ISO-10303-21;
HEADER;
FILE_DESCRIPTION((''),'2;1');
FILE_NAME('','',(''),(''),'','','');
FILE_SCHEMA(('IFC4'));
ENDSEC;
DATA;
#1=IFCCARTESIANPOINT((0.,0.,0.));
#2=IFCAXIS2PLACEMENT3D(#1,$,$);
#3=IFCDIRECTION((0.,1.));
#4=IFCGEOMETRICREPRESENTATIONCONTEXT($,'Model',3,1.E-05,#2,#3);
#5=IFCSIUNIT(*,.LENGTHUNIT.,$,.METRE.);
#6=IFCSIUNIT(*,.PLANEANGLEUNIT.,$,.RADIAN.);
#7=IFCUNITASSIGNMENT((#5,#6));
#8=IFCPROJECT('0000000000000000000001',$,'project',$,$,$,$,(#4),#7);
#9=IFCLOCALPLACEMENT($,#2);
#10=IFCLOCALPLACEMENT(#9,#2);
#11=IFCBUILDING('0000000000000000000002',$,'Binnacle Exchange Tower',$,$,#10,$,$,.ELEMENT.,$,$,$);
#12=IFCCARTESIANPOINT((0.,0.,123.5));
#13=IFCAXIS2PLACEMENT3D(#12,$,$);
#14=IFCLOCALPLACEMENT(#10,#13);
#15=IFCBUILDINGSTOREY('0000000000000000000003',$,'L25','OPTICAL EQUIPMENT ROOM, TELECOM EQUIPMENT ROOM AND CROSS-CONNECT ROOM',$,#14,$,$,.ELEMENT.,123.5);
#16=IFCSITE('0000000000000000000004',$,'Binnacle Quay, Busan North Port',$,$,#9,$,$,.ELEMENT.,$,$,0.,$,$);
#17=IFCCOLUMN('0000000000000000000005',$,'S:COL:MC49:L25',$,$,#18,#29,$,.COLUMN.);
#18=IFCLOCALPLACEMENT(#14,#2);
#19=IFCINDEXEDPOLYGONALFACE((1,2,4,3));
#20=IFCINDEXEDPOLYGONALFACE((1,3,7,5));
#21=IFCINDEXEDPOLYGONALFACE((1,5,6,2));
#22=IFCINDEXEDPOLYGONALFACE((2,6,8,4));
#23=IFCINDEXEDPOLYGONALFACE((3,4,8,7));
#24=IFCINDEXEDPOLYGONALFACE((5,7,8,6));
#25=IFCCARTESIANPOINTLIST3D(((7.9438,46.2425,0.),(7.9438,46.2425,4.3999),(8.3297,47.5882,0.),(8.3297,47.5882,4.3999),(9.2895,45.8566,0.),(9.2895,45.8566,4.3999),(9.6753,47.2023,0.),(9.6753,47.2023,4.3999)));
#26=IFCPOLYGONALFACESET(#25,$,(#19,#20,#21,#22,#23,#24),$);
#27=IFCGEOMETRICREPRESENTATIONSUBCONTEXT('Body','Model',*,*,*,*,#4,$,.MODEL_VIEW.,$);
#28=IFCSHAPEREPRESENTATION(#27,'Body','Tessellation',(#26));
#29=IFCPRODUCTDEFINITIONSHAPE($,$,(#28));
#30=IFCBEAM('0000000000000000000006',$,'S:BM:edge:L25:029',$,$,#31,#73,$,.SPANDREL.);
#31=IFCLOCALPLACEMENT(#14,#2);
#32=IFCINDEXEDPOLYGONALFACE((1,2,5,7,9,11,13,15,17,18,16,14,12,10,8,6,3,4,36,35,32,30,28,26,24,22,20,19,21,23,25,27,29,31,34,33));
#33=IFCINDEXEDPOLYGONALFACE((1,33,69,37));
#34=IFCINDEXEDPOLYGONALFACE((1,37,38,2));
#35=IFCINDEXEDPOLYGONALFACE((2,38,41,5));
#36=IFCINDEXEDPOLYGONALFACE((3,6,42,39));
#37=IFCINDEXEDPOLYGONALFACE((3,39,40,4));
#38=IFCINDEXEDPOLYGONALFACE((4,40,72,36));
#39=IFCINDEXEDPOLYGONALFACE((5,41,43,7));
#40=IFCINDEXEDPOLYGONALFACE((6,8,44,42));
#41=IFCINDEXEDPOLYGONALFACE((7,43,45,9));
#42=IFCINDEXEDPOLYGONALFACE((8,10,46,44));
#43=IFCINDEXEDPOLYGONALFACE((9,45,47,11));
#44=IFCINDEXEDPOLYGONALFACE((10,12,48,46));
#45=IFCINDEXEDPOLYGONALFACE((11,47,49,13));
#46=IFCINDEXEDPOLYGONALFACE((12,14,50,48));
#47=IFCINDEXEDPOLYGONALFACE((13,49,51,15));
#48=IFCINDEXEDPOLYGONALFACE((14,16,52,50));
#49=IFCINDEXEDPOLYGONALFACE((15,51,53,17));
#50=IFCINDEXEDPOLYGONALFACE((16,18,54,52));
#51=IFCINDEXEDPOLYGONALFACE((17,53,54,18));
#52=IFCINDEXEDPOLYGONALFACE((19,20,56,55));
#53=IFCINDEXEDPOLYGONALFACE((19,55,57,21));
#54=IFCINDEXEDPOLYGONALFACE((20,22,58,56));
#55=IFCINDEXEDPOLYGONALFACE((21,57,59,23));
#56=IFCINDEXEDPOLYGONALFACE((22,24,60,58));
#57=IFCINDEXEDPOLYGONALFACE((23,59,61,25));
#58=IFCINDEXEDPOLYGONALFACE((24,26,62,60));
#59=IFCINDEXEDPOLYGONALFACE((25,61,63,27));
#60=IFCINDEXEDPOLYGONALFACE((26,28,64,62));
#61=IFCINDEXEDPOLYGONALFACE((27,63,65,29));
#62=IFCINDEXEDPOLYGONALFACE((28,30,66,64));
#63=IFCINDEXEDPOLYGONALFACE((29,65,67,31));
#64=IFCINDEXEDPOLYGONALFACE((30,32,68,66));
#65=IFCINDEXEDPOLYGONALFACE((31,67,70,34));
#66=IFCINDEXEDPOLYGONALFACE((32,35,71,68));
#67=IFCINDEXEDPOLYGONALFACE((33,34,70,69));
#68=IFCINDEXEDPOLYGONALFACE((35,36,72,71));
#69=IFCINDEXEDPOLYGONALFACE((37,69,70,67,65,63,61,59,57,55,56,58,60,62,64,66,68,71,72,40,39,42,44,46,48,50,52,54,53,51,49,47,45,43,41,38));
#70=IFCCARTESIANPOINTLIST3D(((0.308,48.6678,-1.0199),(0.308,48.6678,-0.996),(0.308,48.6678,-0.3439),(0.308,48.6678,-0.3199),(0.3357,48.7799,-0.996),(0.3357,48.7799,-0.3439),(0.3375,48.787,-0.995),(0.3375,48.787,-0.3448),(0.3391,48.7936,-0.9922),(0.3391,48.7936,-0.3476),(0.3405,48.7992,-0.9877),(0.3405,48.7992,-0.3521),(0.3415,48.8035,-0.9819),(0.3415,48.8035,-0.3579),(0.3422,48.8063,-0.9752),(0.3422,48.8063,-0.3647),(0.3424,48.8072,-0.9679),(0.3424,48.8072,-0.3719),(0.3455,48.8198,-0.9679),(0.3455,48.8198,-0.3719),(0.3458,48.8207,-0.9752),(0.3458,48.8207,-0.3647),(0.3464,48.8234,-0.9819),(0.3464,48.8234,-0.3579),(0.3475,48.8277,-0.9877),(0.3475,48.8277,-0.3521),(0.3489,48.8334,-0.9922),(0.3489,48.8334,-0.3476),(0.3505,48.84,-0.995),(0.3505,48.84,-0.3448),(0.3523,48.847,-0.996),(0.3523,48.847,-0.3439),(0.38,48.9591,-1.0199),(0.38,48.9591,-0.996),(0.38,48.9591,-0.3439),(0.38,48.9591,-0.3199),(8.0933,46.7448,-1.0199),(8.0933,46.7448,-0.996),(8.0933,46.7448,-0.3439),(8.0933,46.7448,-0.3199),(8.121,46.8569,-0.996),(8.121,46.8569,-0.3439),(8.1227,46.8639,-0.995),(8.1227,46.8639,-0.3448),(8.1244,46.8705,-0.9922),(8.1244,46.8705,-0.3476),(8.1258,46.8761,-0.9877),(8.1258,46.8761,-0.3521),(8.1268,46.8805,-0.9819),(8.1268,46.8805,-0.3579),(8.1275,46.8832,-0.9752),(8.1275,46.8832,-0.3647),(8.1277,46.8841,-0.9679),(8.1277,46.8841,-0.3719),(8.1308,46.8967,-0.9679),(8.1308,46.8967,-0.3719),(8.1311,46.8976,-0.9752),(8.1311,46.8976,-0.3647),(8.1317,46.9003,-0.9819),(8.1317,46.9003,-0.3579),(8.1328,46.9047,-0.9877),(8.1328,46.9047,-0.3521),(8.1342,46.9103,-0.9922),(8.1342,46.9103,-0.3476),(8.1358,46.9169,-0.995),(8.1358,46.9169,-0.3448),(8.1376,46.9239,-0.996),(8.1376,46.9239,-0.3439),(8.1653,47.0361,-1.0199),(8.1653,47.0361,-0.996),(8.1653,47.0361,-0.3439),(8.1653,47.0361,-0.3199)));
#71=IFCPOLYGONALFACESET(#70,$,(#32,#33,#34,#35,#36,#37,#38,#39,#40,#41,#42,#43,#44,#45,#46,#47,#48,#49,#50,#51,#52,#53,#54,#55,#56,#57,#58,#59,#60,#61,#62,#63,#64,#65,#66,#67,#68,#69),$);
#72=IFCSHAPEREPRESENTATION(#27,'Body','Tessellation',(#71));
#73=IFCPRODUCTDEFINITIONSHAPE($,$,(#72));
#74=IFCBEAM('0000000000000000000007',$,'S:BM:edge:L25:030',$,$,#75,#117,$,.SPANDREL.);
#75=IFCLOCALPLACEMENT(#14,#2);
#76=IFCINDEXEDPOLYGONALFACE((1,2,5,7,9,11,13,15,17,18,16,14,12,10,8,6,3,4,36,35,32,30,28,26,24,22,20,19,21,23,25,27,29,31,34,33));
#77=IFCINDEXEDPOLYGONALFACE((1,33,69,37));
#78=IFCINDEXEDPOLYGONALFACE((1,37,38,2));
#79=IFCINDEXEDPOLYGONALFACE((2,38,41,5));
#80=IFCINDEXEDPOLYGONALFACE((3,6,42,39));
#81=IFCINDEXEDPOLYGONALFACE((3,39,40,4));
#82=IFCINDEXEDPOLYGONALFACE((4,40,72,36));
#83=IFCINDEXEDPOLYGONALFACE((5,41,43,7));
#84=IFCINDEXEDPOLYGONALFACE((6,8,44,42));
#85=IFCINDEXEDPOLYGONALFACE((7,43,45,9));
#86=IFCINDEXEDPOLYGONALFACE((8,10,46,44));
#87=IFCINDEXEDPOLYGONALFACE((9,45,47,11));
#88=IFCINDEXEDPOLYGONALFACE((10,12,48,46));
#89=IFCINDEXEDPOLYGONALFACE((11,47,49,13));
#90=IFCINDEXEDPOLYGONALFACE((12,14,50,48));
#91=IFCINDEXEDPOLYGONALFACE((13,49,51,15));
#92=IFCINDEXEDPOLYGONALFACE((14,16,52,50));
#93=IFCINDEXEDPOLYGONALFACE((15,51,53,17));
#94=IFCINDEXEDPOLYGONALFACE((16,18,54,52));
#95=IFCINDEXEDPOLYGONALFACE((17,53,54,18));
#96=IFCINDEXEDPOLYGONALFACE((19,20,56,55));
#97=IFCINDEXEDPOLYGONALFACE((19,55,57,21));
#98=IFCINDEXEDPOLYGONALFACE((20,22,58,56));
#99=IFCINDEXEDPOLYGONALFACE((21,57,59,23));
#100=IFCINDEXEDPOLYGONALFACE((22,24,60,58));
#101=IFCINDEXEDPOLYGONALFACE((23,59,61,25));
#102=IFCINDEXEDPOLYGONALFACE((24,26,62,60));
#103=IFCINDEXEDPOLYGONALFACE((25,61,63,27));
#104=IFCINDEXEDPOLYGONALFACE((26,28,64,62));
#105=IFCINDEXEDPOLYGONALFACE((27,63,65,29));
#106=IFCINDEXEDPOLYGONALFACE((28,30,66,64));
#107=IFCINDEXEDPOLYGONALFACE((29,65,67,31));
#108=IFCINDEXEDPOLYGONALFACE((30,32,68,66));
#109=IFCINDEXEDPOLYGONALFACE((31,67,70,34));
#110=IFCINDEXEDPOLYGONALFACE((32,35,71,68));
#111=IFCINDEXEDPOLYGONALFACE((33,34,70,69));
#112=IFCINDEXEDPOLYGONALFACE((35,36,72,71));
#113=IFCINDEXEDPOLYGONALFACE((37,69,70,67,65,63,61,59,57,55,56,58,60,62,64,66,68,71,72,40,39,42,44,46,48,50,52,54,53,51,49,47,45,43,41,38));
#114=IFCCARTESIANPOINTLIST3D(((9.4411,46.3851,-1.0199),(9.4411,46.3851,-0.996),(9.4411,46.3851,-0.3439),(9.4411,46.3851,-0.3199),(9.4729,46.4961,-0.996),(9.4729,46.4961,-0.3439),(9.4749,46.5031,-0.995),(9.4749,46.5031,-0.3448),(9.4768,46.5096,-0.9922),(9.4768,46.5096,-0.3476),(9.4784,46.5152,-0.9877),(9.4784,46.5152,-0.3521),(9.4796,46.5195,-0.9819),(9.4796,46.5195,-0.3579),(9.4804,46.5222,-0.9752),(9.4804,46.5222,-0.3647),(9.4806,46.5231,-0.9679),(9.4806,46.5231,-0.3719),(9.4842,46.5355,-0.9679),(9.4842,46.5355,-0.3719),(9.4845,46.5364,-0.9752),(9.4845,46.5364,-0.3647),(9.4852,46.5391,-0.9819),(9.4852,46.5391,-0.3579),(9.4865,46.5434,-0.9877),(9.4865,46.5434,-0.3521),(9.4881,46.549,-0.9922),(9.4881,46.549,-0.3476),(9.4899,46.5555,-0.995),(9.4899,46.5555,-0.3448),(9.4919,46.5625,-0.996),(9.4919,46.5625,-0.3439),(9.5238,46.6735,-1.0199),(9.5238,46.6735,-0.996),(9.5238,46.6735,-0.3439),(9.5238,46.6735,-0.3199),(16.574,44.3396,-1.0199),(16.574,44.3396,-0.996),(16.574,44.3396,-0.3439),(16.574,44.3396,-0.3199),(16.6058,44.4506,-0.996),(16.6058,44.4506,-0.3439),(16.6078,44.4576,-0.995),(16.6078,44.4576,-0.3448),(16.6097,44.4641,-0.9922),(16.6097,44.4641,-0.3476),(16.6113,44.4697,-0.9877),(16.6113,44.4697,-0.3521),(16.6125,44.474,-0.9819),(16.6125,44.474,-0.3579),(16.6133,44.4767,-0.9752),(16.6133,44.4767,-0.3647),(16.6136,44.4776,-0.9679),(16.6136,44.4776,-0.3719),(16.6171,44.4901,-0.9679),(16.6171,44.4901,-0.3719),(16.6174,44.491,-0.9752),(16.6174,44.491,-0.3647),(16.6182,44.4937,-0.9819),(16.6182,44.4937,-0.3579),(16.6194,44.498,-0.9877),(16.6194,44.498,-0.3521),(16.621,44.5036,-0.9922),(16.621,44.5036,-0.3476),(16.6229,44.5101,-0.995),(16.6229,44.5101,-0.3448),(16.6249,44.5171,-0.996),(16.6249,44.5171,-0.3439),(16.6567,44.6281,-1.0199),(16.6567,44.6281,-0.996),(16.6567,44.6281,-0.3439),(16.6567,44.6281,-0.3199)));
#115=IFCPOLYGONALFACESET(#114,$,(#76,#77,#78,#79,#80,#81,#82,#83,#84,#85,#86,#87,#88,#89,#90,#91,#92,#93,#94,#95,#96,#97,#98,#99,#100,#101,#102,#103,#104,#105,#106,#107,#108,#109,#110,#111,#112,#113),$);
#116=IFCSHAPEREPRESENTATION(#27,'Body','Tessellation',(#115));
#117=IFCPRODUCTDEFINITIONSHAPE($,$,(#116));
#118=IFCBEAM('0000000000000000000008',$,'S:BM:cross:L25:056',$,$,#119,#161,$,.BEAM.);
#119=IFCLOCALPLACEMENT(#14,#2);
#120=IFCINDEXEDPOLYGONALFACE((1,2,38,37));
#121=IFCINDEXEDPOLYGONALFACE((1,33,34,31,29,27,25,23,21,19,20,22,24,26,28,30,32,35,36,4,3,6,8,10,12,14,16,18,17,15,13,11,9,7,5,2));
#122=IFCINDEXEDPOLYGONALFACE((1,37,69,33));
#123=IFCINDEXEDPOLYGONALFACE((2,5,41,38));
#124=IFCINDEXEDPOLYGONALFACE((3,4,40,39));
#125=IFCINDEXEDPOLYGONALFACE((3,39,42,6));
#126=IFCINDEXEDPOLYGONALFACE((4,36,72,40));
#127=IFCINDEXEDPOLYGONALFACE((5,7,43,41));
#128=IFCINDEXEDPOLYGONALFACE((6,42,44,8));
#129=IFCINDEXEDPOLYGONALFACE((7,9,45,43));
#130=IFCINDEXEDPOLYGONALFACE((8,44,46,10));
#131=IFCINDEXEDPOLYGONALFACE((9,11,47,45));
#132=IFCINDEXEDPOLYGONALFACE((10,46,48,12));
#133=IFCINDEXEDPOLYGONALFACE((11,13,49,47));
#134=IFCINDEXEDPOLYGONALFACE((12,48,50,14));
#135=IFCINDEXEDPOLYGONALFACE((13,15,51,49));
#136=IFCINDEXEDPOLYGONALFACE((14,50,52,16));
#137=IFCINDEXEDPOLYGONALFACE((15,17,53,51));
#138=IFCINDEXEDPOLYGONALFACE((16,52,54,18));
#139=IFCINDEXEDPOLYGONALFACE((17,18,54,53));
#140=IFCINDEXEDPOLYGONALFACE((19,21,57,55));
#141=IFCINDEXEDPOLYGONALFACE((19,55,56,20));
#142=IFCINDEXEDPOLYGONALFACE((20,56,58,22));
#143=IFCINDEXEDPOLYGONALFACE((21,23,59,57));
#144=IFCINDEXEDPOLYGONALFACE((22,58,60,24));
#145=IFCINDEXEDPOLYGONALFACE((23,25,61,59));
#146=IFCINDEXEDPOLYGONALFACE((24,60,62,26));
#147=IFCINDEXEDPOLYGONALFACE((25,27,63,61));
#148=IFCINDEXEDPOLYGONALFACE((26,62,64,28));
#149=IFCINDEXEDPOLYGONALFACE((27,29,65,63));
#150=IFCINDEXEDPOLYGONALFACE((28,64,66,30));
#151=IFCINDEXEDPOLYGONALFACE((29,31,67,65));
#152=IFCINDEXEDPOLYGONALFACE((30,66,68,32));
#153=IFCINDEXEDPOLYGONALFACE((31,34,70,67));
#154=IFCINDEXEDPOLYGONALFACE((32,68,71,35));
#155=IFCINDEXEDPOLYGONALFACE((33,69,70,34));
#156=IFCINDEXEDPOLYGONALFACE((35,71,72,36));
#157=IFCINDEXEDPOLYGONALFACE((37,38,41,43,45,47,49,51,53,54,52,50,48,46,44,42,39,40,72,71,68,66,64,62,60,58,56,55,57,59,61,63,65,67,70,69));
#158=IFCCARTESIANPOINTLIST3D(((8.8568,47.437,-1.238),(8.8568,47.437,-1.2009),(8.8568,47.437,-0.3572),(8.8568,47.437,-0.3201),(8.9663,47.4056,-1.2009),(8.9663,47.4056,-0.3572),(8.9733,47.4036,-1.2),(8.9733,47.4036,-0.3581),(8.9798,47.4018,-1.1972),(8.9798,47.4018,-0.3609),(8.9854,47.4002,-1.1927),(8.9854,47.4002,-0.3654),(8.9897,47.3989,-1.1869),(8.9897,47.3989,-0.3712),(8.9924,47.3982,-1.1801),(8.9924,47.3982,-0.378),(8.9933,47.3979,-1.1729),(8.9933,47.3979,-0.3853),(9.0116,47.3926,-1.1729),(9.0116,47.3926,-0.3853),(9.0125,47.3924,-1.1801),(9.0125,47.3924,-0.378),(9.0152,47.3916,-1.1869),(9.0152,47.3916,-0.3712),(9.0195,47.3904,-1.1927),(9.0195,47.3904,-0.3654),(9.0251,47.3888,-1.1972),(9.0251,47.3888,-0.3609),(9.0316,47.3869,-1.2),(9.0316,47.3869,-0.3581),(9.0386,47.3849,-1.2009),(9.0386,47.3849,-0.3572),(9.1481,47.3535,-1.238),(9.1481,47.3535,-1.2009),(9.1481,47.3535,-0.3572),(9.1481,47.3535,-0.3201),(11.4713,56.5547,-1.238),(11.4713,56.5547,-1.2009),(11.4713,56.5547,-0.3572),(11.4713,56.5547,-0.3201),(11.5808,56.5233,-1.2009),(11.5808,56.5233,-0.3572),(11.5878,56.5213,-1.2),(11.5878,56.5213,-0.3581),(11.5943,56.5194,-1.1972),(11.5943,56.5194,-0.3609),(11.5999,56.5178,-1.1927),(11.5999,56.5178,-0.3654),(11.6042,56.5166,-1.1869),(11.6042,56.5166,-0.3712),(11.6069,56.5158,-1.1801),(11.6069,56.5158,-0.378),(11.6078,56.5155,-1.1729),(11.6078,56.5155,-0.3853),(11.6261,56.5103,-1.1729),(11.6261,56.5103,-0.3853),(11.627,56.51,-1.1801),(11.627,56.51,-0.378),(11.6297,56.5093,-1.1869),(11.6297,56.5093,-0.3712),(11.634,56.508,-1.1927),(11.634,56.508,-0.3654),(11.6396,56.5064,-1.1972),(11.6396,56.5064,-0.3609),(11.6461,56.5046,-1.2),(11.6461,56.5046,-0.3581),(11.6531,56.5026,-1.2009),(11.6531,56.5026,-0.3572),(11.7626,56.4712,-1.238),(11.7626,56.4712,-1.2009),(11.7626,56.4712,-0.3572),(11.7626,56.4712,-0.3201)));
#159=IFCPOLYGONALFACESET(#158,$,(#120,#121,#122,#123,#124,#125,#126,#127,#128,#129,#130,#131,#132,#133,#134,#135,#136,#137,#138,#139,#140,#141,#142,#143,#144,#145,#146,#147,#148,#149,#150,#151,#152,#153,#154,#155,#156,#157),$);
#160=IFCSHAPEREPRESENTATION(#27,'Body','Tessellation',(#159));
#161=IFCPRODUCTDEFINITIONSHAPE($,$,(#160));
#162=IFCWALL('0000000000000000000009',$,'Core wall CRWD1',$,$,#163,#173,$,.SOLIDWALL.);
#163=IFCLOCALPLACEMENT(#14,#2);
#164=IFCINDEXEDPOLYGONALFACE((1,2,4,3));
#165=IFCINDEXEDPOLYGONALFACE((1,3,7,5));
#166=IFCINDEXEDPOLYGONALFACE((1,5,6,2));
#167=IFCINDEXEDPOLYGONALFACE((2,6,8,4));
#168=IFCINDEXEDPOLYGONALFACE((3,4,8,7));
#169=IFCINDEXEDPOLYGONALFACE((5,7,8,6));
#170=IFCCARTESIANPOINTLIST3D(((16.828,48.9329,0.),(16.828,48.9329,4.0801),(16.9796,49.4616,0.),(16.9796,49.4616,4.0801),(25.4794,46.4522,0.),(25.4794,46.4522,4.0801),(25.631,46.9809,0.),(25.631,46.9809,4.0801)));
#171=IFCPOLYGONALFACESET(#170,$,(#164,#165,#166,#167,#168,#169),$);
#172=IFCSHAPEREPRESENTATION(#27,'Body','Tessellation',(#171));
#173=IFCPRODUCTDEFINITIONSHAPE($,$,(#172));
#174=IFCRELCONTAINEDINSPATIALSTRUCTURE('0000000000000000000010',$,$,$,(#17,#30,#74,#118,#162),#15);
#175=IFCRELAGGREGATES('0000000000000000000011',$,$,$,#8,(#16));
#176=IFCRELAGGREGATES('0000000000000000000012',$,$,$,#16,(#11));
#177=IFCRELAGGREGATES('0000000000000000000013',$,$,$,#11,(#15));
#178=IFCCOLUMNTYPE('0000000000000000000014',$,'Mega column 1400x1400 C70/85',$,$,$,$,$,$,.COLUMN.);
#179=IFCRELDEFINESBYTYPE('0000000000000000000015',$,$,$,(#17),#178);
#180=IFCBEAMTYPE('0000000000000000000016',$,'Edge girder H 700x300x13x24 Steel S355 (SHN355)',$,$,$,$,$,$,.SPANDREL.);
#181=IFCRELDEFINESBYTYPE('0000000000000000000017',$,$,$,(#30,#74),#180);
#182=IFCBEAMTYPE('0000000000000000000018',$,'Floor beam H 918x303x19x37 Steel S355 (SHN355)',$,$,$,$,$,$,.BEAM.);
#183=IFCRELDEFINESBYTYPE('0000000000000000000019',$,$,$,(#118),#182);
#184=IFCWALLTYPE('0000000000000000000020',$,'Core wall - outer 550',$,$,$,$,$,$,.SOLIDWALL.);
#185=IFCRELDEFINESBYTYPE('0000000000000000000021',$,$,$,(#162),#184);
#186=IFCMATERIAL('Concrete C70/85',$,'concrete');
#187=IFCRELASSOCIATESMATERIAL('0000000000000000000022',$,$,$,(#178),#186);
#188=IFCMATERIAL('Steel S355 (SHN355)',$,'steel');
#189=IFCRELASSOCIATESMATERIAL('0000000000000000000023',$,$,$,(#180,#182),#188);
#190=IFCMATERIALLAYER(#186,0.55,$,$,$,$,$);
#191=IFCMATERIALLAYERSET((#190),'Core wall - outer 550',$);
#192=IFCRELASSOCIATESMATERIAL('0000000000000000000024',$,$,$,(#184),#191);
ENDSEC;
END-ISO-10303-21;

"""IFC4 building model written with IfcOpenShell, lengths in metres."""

from ifc_helpers import new_model, si_unit, direction, frame, frame_2d, origin, origin_2d, place, context, subcontext, project, spatial, rectangle, i_section, extrude, material, layer, layer_set, material_profile, profile_set, type_object, element, save


model = new_model("IFC4")

# Units and contexts
model_context = context("Model", 3, precision=1e-05, world=origin(), true_north=direction((0.0, 1.0)))
body_context = subcontext(model_context, "Body", "Model", "MODEL_VIEW")
ifc_project = project(units=[si_unit("LENGTHUNIT", "METRE"), si_unit("PLANEANGLEUNIT", "RADIAN")], contexts=[model_context])

# Site, building, storey
site_placement = place(None, origin())
site = spatial("IfcSite", under=ifc_project, at=site_placement, Name="Binnacle Quay, Busan North Port", CompositionType="ELEMENT", RefElevation=0.0)
building_placement = place(site_placement, origin())
building = spatial("IfcBuilding", under=site, at=building_placement, Name="Binnacle Exchange Tower", CompositionType="ELEMENT")
storey_placement = place(building_placement, frame((0.0, 0.0, 123.5)))
storey = spatial("IfcBuildingStorey", under=building, at=storey_placement, Name="L25", Description="OPTICAL EQUIPMENT ROOM, TELECOM EQUIPMENT ROOM AND CROSS-CONNECT ROOM", CompositionType="ELEMENT", Elevation=123.5)

# Column
ifc_material_1 = material(Name="Concrete C70/85", Category="concrete")
ifc_material_profile_1 = material_profile(ifc_material_1, rectangle(XDim=1.3999, YDim=1.3999, at=origin_2d()), Name="Mega column 1400x1400 C70/85")
ifc_profile_set_1 = profile_set([ifc_material_profile_1], Name="Concrete C70/85")
column_type = type_object("IfcColumnType", Name="Mega column 1400x1400 C70/85", PredefinedType="COLUMN", material=ifc_profile_set_1)
column_placement = place(storey_placement, frame((8.8096, 46.7224, 0.0), z_axis=(0.0, 0.0, 1.0), x_axis=(0.961262, -0.275637, 0.0)))
element("IfcColumn", 1, at=column_placement, inside=storey, type_object=column_type, Name="S:COL:MC49:L25", PredefinedType="COLUMN", context=body_context, shape_type="SweptSolid", body=[
    extrude(rectangle(XDim=1.3999, YDim=1.3999, at=origin_2d()), origin(), (0.0, 0.0, 1.0), 4.3999),
])

# Beams
ifc_material_2 = material(Name="Steel S355 (SHN355)", Category="steel")
ifc_material_profile_2 = material_profile(ifc_material_2, i_section(OverallWidth=0.3, OverallDepth=0.7, WebThickness=0.0129, FlangeThickness=0.0239, FilletRadius=0.0281, at=origin_2d()), Name="H 700x300x13x24")
ifc_profile_set_2 = profile_set([ifc_material_profile_2], Name="Steel S355 (SHN355)")
beam_type_1 = type_object("IfcBeamType", Name="Edge girder H 700x300x13x24 Steel S355 (SHN355)", PredefinedType="SPANDREL", material=ifc_profile_set_2)
beam_1_placement = place(storey_placement, frame((0.344, 48.8135, -0.6699), z_axis=(0.970821, -0.239805, 0.0), x_axis=(0.239805, 0.970821, 0.0)))
element("IfcBeam", 2, at=beam_1_placement, inside=storey, type_object=beam_type_1, Name="S:BM:edge:L25:029", PredefinedType="SPANDREL", context=body_context, shape_type="SweptSolid", body=[
    extrude(i_section(OverallWidth=0.3, OverallDepth=0.7, WebThickness=0.0129, FlangeThickness=0.0239, FilletRadius=0.0281, at=origin_2d()), origin(), (0.0, 0.0, 1.0), 8.0193),
])
beam_2_placement = place(storey_placement, frame((9.4824, 46.5293, -0.6699), z_axis=(0.961258, -0.275651, 0.0), x_axis=(0.275651, 0.961258, 0.0)))
element("IfcBeam", 3, at=beam_2_placement, inside=storey, type_object=beam_type_1, Name="S:BM:edge:L25:030", PredefinedType="SPANDREL", context=body_context, shape_type="SweptSolid", body=[
    extrude(i_section(OverallWidth=0.3, OverallDepth=0.7, WebThickness=0.0129, FlangeThickness=0.0239, FilletRadius=0.0281, at=origin_2d()), origin(), (0.0, 0.0, 1.0), 7.4204),
])
ifc_material_profile_3 = material_profile(ifc_material_2, i_section(OverallWidth=0.303, OverallDepth=0.918, WebThickness=0.019, FlangeThickness=0.0371, FilletRadius=0.0281, at=origin_2d()), Name="H 918x303x19x37")
ifc_profile_set_3 = profile_set([ifc_material_profile_3], Name="Steel S355 (SHN355)")
beam_type_2 = type_object("IfcBeamType", Name="Floor beam H 918x303x19x37 Steel S355 (SHN355)", PredefinedType="BEAM", material=ifc_profile_set_3)
beam_3_placement = place(storey_placement, frame((9.0024, 47.3953, -0.7791), z_axis=(0.275642, 0.96126, 0.0), x_axis=(-0.96126, 0.275642, 0.0)))
element("IfcBeam", 4, at=beam_3_placement, inside=storey, type_object=beam_type_2, Name="S:BM:cross:L25:056", PredefinedType="BEAM", context=body_context, shape_type="SweptSolid", body=[
    extrude(i_section(OverallWidth=0.303, OverallDepth=0.918, WebThickness=0.019, FlangeThickness=0.0371, FilletRadius=0.0281, at=origin_2d()), origin(), (0.0, 0.0, 1.0), 9.4851),
])

# Wall
ifc_layer_1 = layer(ifc_material_1, 0.55)
ifc_layer_set_1 = layer_set([ifc_layer_1], Name="Core wall - outer 550")
wall_type_1 = type_object("IfcWallType", Name="Core wall - outer 550", PredefinedType="SOLIDWALL", material=ifc_layer_set_1)
wall_1_placement = place(storey_placement, frame((16.9038, 49.1973, 0.0), z_axis=(0.0, 0.0, 1.0), x_axis=(0.961262, -0.275635, 0.0)))
element("IfcWall", 5, at=wall_1_placement, inside=storey, type_object=wall_type_1, Name="Core wall CRWD1", PredefinedType="SOLIDWALL", context=body_context, shape_type="SweptSolid", body=[
    extrude(rectangle(XDim=9.0, YDim=0.55, at=frame_2d((4.5, 0.0))), origin(), (0.0, 0.0, 1.0), 4.0801),
])

save(model, "model.ifc")
